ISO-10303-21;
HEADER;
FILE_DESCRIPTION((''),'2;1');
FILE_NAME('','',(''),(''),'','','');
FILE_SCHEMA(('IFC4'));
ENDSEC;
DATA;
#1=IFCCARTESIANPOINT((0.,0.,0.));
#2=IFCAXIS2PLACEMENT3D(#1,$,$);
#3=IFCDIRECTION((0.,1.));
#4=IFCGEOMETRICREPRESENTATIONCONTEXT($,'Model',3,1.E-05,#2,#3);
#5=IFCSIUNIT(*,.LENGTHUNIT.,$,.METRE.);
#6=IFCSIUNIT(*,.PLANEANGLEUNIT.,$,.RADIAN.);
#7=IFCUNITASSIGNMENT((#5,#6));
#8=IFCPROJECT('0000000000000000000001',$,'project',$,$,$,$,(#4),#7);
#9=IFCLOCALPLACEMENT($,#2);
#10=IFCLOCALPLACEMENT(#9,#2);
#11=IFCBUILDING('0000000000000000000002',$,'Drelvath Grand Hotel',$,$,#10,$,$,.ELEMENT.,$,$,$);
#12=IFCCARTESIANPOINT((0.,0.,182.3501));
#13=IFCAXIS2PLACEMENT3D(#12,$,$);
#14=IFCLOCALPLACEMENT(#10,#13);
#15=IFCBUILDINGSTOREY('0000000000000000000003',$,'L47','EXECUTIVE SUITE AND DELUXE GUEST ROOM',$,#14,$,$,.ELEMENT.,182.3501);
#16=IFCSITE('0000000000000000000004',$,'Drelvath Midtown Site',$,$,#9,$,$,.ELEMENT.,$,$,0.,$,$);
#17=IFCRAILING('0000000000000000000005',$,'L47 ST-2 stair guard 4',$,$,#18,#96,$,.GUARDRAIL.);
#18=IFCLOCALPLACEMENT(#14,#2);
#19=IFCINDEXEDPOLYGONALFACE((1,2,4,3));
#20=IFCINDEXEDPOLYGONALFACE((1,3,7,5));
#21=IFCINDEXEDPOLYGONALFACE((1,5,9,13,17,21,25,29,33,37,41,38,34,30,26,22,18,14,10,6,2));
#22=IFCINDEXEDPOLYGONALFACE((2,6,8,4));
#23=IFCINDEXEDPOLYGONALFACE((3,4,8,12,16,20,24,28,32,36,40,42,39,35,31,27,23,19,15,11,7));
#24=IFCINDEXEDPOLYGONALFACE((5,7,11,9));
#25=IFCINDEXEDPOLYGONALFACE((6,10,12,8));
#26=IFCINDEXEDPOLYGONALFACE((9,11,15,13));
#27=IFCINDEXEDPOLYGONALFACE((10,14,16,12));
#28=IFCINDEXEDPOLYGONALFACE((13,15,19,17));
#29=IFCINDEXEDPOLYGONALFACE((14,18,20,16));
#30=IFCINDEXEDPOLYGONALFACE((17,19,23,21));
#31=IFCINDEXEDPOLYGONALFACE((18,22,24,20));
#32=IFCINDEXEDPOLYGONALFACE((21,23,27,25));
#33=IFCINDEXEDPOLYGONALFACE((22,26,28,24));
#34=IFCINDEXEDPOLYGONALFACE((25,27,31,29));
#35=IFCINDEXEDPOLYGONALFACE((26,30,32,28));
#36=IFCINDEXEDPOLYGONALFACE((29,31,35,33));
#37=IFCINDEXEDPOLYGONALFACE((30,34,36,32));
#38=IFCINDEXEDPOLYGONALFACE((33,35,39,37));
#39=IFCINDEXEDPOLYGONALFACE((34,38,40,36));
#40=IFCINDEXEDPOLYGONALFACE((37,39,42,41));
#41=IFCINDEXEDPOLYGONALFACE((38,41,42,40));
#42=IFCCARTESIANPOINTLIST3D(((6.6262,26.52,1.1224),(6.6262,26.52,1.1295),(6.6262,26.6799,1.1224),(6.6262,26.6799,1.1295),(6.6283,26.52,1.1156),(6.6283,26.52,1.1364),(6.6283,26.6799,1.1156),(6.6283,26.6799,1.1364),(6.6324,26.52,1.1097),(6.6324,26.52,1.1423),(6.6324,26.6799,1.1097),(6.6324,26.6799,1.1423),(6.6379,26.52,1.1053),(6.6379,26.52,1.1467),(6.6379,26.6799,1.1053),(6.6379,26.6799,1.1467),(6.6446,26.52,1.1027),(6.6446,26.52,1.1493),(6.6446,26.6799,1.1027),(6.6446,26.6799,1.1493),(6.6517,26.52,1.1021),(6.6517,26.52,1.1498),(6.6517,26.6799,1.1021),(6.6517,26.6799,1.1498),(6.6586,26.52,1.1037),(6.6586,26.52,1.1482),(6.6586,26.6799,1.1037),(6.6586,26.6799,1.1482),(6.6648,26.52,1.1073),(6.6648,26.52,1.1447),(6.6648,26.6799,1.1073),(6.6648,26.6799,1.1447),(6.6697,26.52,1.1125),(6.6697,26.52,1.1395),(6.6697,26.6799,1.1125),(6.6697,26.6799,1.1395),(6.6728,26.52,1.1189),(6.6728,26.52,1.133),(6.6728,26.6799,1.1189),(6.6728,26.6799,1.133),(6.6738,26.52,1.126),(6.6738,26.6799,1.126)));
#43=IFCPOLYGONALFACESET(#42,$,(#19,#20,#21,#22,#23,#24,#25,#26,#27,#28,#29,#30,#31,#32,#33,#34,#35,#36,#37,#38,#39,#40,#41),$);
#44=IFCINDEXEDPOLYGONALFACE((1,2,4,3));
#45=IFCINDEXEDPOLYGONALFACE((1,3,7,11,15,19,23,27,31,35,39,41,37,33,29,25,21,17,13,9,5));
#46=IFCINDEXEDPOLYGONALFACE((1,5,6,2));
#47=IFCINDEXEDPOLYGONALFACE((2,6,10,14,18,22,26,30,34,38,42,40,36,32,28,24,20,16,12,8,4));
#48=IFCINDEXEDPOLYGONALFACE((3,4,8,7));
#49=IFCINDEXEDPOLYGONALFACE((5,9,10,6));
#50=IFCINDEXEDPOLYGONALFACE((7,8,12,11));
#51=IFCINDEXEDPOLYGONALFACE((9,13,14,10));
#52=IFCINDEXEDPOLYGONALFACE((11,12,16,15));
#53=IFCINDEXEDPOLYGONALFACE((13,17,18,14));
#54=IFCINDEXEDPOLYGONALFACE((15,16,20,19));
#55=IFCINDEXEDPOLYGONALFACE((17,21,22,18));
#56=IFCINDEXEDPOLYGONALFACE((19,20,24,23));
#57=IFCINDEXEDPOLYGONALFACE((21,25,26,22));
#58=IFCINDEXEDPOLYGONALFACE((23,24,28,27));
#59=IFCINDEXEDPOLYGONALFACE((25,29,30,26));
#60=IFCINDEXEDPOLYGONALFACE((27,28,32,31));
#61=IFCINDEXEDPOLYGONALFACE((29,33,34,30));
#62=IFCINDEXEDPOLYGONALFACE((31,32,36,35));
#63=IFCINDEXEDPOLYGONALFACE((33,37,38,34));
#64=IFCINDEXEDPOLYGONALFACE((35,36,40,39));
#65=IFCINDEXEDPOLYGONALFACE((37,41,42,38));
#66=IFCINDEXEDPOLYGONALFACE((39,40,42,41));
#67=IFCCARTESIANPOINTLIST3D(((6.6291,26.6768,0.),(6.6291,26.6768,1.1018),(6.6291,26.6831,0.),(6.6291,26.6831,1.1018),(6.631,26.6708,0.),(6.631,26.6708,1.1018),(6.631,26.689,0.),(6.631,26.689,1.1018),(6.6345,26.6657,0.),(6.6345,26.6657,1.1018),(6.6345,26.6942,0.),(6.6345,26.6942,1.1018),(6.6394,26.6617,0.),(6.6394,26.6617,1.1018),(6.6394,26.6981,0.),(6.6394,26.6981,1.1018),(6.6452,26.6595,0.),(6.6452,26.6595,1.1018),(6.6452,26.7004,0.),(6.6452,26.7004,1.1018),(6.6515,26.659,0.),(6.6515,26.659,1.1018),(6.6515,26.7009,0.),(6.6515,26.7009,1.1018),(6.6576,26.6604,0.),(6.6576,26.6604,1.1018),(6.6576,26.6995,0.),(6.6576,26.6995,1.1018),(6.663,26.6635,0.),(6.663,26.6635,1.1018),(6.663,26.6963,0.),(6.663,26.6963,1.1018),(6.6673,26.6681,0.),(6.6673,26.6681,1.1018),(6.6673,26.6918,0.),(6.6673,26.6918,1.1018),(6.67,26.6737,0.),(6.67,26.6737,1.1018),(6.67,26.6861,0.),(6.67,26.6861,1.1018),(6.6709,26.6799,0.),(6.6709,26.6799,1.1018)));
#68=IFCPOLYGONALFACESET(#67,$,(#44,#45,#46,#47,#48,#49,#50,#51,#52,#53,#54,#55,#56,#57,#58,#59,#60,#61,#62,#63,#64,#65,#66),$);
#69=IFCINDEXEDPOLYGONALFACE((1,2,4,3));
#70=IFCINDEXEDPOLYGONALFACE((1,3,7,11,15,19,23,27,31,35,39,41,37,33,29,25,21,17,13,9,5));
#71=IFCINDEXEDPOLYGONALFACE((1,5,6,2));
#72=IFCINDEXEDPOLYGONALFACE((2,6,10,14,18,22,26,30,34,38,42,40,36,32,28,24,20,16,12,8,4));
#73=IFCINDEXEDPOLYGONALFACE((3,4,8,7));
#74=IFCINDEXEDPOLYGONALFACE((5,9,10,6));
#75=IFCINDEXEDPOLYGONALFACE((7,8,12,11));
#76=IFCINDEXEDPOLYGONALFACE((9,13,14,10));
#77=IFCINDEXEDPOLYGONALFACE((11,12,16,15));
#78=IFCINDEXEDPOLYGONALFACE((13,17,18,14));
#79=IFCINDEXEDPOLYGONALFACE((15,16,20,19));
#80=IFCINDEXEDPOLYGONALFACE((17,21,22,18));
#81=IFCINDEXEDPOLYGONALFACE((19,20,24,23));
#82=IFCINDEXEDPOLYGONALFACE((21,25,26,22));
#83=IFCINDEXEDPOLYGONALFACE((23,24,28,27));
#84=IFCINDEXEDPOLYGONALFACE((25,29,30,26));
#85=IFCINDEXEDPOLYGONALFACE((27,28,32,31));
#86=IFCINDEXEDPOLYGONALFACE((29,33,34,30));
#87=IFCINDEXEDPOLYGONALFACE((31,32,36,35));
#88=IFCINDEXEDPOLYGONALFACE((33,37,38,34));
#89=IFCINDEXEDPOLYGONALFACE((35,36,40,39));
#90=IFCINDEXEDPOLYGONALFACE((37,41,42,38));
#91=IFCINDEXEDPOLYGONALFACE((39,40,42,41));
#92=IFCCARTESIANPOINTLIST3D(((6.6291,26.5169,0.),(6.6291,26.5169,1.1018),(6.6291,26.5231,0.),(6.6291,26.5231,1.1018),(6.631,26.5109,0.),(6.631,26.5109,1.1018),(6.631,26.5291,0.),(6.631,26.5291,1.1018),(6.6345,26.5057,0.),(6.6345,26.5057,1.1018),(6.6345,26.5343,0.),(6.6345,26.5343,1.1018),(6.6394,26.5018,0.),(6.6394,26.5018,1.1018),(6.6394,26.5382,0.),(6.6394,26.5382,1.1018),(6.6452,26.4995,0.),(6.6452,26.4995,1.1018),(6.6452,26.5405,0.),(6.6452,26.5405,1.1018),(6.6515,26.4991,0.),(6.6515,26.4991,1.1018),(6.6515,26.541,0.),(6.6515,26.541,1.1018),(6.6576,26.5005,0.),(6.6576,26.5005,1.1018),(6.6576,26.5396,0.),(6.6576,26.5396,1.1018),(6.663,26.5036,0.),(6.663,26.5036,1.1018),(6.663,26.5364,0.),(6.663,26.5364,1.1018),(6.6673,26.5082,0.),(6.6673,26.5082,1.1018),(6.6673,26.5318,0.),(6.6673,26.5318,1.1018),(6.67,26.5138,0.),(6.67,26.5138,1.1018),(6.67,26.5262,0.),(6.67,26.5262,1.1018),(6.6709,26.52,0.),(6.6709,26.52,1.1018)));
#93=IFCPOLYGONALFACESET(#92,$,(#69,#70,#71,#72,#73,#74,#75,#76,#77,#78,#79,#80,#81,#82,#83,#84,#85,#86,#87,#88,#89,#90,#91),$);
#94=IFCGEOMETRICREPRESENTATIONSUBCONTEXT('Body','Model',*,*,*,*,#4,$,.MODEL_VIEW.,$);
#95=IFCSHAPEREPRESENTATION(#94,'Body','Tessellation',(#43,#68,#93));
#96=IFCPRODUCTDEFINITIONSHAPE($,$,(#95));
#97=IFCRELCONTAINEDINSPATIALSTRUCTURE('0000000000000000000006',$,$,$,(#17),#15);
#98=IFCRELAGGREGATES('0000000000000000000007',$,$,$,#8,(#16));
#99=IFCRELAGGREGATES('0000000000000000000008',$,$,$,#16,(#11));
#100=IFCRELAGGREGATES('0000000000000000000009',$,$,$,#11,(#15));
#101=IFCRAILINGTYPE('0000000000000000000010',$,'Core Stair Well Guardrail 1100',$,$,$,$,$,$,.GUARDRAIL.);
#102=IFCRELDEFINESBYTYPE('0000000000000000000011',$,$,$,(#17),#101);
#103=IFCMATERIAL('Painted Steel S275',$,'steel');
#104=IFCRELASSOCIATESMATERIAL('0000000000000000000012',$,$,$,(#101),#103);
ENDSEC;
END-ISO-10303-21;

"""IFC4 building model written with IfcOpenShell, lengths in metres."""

from ifc_helpers import new_model, si_unit, direction, frame, origin, origin_2d, place, context, subcontext, project, spatial, circle, extrude, material, type_object, element, save


model = new_model("IFC4")

# Units and contexts
model_context = context("Model", 3, precision=1e-05, world=origin(), true_north=direction((0.0, 1.0)))
body_context = subcontext(model_context, "Body", "Model", "MODEL_VIEW")
ifc_project = project(units=[si_unit("LENGTHUNIT", "METRE"), si_unit("PLANEANGLEUNIT", "RADIAN")], contexts=[model_context])

# Site, building, storey
site_placement = place(None, origin())
site = spatial("IfcSite", under=ifc_project, at=site_placement, Name="Drelvath Midtown Site", CompositionType="ELEMENT", RefElevation=0.0)
building_placement = place(site_placement, origin())
building = spatial("IfcBuilding", under=site, at=building_placement, Name="Drelvath Grand Hotel", CompositionType="ELEMENT")
storey_placement = place(building_placement, frame((0.0, 0.0, 182.3501)))
storey = spatial("IfcBuildingStorey", under=building, at=storey_placement, Name="L47", Description="EXECUTIVE SUITE AND DELUXE GUEST ROOM", CompositionType="ELEMENT", Elevation=182.3501)

# Railing
ifc_material_1 = material(Name="Painted Steel S275", Category="steel")
railing_type_1 = type_object("IfcRailingType", Name="Core Stair Well Guardrail 1100", PredefinedType="GUARDRAIL", material=ifc_material_1)
railing_1_placement = place(storey_placement, frame((6.6499, 26.6799, 0.0)))
element("IfcRailing", 1, at=railing_1_placement, inside=storey, type_object=railing_type_1, Name="L47 ST-2 stair guard 4", PredefinedType="GUARDRAIL", context=body_context, shape_type="SweptSolid", body=[
    extrude(circle(Radius=0.0239, at=origin_2d()), frame((0.0, 0.0, 1.126), z_axis=(0.0, -1.0, 0.0), x_axis=(1.0, 0.0, 0.0)), (0.0, 0.0, 1.0), 0.1599),
    extrude(circle(Radius=0.021, at=origin_2d()), origin(), (0.0, 0.0, 1.0), 1.1018),
    extrude(circle(Radius=0.021, at=origin_2d()), frame((0.0, -0.1599, 0.0)), (0.0, 0.0, 1.0), 1.1018),
])

save(model, "model.ifc")
